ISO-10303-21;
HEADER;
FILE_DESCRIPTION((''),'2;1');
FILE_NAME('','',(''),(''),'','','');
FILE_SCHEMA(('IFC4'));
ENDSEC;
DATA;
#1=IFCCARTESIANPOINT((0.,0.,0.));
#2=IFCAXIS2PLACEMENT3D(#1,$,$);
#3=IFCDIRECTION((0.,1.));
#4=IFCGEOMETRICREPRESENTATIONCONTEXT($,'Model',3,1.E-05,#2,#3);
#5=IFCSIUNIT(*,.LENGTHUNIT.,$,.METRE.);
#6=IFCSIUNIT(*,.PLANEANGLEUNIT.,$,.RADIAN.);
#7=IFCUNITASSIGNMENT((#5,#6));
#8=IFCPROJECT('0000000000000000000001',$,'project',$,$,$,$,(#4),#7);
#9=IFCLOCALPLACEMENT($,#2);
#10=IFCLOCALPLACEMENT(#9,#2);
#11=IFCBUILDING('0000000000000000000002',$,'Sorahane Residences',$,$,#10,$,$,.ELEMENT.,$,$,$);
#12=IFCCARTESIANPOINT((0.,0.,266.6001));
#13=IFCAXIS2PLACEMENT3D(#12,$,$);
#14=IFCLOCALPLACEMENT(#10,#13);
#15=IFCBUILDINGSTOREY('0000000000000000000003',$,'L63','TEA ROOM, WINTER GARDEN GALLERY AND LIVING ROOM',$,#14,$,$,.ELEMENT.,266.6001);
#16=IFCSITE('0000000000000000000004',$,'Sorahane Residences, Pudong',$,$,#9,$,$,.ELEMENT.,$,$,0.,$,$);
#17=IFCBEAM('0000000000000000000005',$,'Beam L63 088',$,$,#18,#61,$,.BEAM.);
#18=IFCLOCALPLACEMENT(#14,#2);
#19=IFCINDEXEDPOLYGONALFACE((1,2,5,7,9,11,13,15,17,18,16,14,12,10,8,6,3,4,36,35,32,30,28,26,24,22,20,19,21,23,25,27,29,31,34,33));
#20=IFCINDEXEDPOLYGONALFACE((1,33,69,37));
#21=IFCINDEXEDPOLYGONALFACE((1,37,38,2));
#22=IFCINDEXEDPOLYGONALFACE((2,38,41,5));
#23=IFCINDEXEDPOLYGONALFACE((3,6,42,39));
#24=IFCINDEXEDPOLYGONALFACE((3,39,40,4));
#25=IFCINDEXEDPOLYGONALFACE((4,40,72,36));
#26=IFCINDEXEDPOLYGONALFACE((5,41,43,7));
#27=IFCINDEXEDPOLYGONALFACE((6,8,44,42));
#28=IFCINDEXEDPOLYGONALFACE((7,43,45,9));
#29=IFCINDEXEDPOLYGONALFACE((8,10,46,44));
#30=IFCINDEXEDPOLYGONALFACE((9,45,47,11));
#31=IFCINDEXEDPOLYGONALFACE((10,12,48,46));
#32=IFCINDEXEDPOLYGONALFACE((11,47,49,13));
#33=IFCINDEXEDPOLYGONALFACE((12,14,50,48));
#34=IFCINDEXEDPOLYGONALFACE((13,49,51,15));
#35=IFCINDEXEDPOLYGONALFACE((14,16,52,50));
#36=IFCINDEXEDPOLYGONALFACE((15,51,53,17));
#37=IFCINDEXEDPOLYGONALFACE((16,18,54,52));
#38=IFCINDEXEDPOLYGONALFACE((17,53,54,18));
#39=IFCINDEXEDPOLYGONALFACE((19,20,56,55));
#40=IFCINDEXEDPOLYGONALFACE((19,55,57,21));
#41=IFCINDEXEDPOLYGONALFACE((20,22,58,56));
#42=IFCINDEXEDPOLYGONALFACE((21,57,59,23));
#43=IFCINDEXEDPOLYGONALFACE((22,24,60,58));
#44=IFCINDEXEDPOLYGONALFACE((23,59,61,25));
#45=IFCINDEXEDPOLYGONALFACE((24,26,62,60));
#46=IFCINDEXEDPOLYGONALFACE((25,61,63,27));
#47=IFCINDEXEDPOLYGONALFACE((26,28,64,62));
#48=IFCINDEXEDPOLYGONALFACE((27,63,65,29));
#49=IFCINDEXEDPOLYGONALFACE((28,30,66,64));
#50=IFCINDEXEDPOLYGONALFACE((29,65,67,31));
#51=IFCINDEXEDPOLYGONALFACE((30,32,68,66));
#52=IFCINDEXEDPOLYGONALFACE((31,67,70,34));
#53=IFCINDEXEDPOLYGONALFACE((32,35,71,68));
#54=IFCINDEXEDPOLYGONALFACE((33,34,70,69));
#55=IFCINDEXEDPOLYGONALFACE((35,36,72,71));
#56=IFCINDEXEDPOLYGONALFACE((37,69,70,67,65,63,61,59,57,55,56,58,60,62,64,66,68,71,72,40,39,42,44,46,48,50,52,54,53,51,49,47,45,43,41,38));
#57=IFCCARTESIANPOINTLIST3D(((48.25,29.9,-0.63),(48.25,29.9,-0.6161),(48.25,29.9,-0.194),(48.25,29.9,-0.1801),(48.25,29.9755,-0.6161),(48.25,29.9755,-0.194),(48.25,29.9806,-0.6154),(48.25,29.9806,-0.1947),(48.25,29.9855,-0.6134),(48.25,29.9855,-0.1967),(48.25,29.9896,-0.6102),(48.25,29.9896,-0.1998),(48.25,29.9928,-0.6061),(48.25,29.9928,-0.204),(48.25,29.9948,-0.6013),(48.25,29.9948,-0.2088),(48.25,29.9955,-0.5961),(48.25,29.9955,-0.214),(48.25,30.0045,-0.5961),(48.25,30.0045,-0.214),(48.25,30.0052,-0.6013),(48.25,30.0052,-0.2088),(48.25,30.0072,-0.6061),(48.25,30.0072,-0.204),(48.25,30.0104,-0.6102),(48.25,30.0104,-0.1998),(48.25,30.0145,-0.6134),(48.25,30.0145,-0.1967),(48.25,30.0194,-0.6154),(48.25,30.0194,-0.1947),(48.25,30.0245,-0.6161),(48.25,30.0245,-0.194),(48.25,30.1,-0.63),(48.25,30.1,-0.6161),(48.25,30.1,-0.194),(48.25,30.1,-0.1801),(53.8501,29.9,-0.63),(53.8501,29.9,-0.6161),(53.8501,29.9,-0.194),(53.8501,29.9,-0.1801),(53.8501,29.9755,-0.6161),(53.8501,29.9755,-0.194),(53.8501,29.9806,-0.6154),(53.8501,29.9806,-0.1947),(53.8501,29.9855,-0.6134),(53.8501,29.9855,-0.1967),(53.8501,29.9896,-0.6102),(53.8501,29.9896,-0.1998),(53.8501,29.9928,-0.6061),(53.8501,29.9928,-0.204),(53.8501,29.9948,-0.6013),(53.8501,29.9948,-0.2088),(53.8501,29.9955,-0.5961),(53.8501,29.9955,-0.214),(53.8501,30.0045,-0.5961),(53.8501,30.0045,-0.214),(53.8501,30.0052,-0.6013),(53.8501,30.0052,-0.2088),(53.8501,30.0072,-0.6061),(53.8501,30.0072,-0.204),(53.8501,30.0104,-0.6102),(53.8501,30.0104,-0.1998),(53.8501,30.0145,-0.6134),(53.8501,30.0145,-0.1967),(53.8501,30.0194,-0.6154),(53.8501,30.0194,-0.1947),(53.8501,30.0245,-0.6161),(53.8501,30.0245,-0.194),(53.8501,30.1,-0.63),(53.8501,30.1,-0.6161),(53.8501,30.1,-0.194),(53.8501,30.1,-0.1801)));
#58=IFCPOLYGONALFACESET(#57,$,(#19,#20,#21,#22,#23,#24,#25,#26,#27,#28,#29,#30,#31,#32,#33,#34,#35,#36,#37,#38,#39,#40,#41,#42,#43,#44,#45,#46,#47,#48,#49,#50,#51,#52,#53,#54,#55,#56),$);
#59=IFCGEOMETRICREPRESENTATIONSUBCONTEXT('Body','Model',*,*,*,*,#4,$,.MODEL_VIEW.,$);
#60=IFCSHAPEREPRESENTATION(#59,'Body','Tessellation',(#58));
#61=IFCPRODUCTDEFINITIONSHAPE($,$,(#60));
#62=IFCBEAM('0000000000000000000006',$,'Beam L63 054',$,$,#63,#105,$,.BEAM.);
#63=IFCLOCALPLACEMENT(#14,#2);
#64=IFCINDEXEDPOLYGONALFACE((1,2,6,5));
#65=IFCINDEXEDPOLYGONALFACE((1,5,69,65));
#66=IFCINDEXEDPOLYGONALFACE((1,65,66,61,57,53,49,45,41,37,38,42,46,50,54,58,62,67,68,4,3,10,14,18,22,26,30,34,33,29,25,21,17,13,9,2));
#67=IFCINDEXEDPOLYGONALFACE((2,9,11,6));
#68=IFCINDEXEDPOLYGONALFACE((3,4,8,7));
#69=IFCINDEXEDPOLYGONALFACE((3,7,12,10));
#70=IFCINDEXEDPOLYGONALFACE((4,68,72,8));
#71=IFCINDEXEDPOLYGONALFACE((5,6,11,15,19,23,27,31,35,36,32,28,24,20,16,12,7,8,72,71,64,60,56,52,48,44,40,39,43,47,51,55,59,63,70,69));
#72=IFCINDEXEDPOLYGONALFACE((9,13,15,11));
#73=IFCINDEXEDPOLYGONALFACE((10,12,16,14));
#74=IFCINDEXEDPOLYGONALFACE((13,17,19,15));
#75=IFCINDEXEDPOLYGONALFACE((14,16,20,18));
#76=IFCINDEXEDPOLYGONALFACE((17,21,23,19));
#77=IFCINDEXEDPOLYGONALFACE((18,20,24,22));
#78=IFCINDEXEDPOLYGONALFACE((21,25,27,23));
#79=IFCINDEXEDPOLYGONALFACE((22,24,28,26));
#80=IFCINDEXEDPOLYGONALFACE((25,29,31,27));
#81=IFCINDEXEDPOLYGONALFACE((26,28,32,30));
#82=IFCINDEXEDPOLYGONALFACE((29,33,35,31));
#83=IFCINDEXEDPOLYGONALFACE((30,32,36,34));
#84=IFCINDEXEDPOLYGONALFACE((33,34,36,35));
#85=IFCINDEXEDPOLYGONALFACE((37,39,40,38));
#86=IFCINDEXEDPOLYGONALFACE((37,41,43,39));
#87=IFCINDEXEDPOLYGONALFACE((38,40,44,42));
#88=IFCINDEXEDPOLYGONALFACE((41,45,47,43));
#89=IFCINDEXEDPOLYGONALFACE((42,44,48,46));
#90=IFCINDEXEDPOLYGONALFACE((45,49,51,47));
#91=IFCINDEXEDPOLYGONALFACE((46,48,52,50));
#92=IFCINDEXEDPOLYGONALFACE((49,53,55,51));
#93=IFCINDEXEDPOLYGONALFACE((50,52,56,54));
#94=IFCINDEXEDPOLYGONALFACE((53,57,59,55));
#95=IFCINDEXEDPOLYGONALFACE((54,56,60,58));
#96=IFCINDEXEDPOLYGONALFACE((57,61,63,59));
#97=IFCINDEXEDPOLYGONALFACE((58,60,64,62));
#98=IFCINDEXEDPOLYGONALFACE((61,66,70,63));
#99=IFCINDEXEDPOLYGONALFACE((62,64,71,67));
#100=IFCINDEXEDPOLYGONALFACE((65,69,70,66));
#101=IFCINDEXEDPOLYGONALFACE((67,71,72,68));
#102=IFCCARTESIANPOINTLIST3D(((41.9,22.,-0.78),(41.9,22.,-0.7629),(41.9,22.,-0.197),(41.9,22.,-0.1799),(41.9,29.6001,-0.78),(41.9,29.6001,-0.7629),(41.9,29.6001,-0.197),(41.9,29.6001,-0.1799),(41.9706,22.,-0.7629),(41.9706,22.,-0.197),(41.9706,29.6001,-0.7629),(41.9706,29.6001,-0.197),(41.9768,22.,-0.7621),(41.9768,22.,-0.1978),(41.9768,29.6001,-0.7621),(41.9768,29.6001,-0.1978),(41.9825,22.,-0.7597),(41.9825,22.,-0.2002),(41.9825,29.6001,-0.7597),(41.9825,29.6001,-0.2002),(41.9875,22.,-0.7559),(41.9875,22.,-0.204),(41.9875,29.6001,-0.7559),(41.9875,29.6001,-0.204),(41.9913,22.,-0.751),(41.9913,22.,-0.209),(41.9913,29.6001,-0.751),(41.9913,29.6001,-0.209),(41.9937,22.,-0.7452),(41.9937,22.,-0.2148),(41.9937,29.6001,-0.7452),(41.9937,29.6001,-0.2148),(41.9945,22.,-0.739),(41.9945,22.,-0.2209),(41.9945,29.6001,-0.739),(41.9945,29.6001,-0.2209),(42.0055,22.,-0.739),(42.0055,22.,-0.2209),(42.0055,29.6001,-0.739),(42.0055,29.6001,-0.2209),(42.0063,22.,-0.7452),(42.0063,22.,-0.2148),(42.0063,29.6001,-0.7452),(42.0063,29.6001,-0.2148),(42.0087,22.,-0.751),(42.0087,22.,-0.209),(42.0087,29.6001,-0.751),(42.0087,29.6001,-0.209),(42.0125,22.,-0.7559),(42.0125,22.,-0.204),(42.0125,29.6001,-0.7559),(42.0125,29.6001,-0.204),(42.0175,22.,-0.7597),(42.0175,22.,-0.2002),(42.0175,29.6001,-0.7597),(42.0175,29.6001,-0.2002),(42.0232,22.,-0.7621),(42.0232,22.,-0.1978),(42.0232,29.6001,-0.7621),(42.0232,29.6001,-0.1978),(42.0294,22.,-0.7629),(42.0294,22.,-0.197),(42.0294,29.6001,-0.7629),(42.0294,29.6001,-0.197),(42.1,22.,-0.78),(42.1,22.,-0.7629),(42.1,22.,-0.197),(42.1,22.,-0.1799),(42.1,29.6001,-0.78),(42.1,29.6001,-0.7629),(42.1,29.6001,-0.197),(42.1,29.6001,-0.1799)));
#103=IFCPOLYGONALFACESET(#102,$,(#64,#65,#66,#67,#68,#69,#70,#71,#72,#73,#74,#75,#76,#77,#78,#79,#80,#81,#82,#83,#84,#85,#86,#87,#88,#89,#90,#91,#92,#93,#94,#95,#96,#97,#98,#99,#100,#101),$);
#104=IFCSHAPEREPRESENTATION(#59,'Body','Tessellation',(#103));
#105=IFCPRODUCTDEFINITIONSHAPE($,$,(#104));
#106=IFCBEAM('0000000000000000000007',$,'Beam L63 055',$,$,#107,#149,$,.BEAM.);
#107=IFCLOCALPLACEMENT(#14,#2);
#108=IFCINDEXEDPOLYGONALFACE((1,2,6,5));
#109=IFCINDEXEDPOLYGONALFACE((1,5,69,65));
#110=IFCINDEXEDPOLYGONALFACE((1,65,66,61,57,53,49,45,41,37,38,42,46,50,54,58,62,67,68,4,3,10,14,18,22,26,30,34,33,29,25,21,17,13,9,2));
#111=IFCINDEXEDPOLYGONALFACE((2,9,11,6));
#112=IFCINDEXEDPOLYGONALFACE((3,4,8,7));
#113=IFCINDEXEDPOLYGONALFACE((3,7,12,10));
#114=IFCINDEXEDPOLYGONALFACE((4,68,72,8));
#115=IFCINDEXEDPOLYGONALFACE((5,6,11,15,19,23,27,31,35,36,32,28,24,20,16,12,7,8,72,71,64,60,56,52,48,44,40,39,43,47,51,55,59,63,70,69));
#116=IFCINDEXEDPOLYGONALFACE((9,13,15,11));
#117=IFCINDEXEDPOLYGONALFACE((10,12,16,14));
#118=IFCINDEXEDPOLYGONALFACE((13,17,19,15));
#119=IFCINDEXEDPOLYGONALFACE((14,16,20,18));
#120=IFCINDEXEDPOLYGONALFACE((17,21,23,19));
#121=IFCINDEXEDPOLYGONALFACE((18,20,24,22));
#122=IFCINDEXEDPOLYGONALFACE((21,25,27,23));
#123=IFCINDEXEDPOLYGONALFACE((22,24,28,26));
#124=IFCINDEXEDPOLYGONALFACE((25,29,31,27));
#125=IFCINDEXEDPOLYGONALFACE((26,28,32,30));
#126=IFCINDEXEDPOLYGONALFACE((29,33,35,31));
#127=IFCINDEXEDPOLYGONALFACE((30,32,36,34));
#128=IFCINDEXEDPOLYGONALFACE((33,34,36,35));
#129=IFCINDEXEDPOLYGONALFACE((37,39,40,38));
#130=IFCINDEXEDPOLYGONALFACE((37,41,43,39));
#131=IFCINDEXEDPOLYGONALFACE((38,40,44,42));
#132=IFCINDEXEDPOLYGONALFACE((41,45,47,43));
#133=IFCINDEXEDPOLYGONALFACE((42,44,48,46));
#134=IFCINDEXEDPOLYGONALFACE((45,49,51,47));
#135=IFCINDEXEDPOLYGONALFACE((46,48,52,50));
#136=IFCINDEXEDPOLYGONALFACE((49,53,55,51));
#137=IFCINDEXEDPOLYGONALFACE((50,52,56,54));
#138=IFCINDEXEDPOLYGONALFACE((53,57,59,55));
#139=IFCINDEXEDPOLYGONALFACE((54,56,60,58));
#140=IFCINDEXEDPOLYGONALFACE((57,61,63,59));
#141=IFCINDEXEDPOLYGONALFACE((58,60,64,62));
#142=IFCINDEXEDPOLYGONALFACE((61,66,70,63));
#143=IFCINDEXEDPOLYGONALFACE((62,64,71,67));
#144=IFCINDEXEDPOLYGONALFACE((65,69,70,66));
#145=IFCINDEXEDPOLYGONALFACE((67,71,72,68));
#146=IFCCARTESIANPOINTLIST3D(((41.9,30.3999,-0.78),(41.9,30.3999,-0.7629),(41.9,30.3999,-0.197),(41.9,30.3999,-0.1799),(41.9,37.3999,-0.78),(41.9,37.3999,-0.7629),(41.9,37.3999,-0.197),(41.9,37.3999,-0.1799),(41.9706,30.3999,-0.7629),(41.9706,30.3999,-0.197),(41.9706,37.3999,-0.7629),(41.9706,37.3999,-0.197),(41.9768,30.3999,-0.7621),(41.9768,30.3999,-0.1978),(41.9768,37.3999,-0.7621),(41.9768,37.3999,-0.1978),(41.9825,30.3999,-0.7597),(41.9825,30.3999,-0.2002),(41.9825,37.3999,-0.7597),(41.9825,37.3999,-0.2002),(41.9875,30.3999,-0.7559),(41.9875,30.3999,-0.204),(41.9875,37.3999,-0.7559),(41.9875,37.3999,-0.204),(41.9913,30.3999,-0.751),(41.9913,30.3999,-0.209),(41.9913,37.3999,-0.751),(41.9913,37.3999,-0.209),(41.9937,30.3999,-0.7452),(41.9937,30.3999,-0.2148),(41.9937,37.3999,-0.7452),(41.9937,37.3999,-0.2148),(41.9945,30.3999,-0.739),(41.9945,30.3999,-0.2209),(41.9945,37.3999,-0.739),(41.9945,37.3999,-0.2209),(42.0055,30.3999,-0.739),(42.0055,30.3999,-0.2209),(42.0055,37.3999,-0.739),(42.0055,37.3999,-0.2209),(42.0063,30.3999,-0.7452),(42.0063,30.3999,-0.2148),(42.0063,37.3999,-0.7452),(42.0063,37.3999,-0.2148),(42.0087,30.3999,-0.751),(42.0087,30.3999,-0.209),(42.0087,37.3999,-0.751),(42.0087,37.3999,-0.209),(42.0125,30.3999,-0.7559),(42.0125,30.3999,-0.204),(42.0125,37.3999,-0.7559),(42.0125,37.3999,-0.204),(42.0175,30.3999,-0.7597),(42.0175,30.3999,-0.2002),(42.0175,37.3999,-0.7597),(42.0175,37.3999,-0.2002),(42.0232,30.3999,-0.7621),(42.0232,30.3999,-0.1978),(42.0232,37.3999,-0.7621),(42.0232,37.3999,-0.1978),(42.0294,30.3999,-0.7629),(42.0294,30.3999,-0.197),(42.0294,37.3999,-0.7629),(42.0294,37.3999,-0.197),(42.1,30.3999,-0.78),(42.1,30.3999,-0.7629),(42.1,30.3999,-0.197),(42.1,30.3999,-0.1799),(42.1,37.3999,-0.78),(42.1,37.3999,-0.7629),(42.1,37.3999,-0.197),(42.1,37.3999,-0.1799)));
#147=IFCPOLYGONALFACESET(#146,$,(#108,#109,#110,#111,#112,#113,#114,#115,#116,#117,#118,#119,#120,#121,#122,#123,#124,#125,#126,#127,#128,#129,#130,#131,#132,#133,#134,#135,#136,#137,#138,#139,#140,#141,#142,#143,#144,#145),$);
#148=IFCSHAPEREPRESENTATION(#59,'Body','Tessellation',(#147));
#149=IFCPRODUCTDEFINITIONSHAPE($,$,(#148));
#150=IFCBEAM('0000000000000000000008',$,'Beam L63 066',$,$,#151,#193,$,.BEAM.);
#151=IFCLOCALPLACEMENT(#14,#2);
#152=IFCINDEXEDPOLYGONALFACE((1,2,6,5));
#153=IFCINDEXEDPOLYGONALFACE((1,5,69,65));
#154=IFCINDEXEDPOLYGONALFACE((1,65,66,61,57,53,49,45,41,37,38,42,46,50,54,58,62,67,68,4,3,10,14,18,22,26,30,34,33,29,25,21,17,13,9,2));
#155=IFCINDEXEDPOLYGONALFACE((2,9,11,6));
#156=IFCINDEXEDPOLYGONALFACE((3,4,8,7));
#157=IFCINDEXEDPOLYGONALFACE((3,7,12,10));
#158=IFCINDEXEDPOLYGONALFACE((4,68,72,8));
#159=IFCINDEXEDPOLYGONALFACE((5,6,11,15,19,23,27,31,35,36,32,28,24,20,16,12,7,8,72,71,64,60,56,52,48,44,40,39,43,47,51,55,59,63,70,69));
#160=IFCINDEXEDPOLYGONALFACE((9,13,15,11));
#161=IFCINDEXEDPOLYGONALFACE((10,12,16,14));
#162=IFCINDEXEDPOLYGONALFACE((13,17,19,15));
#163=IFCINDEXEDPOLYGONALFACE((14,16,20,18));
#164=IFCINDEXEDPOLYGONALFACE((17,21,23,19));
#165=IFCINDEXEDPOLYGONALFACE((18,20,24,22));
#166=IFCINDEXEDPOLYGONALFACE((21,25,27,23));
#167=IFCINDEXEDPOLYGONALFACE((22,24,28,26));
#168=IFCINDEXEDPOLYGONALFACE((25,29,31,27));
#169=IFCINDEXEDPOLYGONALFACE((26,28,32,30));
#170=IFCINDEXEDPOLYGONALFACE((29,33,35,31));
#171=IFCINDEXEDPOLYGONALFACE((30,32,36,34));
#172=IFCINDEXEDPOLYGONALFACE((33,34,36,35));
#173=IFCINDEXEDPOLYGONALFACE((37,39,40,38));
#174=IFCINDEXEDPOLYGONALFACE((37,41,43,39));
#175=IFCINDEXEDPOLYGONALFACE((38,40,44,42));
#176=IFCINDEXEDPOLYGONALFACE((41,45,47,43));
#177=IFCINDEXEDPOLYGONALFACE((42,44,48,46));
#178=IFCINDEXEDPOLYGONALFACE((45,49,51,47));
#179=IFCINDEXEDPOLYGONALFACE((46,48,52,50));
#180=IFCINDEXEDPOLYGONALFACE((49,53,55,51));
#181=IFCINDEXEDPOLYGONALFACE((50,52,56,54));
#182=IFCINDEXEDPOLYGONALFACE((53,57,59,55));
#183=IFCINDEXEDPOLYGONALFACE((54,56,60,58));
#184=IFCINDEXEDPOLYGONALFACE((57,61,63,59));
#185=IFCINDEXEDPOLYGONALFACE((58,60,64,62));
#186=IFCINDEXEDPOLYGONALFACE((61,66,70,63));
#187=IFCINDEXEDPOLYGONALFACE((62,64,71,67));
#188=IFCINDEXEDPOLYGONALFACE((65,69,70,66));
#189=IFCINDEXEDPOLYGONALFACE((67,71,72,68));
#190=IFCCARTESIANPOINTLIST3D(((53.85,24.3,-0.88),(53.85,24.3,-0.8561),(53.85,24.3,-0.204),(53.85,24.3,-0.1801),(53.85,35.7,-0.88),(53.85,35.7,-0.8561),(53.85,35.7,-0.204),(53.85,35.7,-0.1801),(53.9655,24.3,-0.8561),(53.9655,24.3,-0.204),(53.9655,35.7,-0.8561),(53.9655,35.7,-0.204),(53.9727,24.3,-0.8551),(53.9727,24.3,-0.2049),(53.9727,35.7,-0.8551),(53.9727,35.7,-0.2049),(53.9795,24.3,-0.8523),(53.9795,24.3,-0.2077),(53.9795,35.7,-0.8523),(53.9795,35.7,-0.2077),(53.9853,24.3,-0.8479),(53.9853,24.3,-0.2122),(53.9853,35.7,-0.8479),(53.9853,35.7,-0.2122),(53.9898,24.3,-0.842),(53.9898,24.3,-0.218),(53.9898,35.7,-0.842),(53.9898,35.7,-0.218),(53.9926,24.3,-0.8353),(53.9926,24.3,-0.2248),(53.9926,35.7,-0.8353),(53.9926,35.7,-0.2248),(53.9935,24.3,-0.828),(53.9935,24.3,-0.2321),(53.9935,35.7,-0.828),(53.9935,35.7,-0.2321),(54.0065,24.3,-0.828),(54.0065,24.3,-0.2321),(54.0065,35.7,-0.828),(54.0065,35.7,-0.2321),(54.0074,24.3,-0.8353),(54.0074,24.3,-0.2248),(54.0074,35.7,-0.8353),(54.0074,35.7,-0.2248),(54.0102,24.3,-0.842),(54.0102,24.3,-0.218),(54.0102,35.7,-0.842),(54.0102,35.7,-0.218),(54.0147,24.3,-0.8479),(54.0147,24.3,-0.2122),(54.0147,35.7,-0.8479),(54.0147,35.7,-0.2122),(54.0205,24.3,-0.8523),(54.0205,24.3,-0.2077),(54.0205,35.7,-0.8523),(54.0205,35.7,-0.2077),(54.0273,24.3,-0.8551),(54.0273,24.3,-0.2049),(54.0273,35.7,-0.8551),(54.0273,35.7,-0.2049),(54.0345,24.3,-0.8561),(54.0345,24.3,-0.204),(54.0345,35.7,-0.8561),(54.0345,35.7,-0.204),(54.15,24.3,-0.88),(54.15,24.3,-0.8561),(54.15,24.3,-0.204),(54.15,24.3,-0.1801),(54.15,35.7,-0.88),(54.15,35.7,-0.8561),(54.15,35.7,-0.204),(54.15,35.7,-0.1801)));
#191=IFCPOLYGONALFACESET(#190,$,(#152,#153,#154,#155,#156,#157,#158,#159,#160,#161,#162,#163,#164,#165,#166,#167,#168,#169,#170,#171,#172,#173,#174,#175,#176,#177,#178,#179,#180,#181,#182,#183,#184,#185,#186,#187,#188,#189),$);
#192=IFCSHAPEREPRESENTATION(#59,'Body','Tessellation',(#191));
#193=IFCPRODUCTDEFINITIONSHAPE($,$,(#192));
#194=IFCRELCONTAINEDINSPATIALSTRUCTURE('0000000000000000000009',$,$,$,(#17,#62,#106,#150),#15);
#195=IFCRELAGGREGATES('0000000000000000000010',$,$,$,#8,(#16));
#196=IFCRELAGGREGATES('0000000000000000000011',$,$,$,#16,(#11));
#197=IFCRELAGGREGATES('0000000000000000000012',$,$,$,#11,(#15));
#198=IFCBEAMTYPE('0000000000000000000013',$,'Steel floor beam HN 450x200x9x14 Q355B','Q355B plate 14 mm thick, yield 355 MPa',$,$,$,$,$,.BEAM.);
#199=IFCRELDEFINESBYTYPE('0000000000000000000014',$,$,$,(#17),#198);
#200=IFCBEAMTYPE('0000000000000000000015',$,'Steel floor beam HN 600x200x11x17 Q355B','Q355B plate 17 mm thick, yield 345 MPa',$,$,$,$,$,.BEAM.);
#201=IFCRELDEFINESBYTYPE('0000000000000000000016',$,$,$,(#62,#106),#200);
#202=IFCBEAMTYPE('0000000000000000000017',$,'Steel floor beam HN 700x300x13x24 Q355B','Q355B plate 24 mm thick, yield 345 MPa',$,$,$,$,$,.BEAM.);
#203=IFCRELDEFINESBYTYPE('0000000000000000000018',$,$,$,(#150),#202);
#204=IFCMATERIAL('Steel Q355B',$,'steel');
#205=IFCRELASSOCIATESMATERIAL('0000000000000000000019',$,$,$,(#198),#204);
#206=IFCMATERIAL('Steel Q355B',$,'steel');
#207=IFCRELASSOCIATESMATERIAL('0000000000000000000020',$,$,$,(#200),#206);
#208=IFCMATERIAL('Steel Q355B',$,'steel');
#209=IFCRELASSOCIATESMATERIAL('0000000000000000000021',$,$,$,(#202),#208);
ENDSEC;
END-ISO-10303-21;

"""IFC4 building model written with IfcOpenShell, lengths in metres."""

from ifc_helpers import new_model, si_unit, direction, frame, origin, origin_2d, place, context, subcontext, project, spatial, i_section, extrude, material, material_profile, profile_set, type_object, element, save


model = new_model("IFC4")

# Units and contexts
model_context = context("Model", 3, precision=1e-05, world=origin(), true_north=direction((0.0, 1.0)))
body_context = subcontext(model_context, "Body", "Model", "MODEL_VIEW")
ifc_project = project(units=[si_unit("LENGTHUNIT", "METRE"), si_unit("PLANEANGLEUNIT", "RADIAN")], contexts=[model_context])

# Site, building, storey
site_placement = place(None, origin())
site = spatial("IfcSite", under=ifc_project, at=site_placement, Name="Sorahane Residences, Pudong", CompositionType="ELEMENT", RefElevation=0.0)
building_placement = place(site_placement, origin())
building = spatial("IfcBuilding", under=site, at=building_placement, Name="Sorahane Residences", CompositionType="ELEMENT")
storey_placement = place(building_placement, frame((0.0, 0.0, 266.6001)))
storey = spatial("IfcBuildingStorey", under=building, at=storey_placement, Name="L63", Description="TEA ROOM, WINTER GARDEN GALLERY AND LIVING ROOM", CompositionType="ELEMENT", Elevation=266.6001)

# Beams
ifc_material_1 = material(Name="Steel Q355B", Category="steel")
ifc_material_profile_1 = material_profile(ifc_material_1, i_section(OverallWidth=0.2, OverallDepth=0.45, WebThickness=0.009, FlangeThickness=0.0139, FilletRadius=0.02, at=origin_2d()), Name="HN 450x200x9x14")
ifc_profile_set_1 = profile_set([ifc_material_profile_1], Name="Steel Q355B")
beam_type_1 = type_object("IfcBeamType", Name="Steel floor beam HN 450x200x9x14 Q355B", Description="Q355B plate 14 mm thick, yield 355 MPa", PredefinedType="BEAM", material=ifc_profile_set_1)
beam_1_placement = place(storey_placement, frame((48.25, 30.0, -0.405), z_axis=(1.0, 0.0, 0.0), x_axis=(0.0, 1.0, 0.0)))
element("IfcBeam", 1, at=beam_1_placement, inside=storey, type_object=beam_type_1, Name="Beam L63 088", PredefinedType="BEAM", context=body_context, shape_type="SweptSolid", body=[
    extrude(i_section(OverallWidth=0.2, OverallDepth=0.45, WebThickness=0.009, FlangeThickness=0.0139, FilletRadius=0.02, at=origin_2d()), origin(), (0.0, 0.0, 1.0), 5.6001),
])
ifc_material_2 = material(Name="Steel Q355B", Category="steel")
ifc_material_profile_2 = material_profile(ifc_material_2, i_section(OverallWidth=0.2, OverallDepth=0.6001, WebThickness=0.011, FlangeThickness=0.0171, FilletRadius=0.0239, at=origin_2d()), Name="HN 600x200x11x17")
ifc_profile_set_2 = profile_set([ifc_material_profile_2], Name="Steel Q355B")
beam_type_2 = type_object("IfcBeamType", Name="Steel floor beam HN 600x200x11x17 Q355B", Description="Q355B plate 17 mm thick, yield 345 MPa", PredefinedType="BEAM", material=ifc_profile_set_2)
beam_2_placement = place(storey_placement, frame((42.0, 22.0, -0.48), z_axis=(0.0, 1.0, 0.0), x_axis=(-1.0, 0.0, 0.0)))
element("IfcBeam", 2, at=beam_2_placement, inside=storey, type_object=beam_type_2, Name="Beam L63 054", PredefinedType="BEAM", context=body_context, shape_type="SweptSolid", body=[
    extrude(i_section(OverallWidth=0.2, OverallDepth=0.6001, WebThickness=0.011, FlangeThickness=0.0171, FilletRadius=0.0239, at=origin_2d()), origin(), (0.0, 0.0, 1.0), 7.6001),
])
beam_3_placement = place(storey_placement, frame((42.0, 30.3999, -0.48), z_axis=(0.0, 1.0, 0.0), x_axis=(-1.0, 0.0, 0.0)))
element("IfcBeam", 3, at=beam_3_placement, inside=storey, type_object=beam_type_2, Name="Beam L63 055", PredefinedType="BEAM", context=body_context, shape_type="SweptSolid", body=[
    extrude(i_section(OverallWidth=0.2, OverallDepth=0.6001, WebThickness=0.011, FlangeThickness=0.0171, FilletRadius=0.0239, at=origin_2d()), origin(), (0.0, 0.0, 1.0), 7.0),
])
ifc_material_3 = material(Name="Steel Q355B", Category="steel")
ifc_material_profile_3 = material_profile(ifc_material_3, i_section(OverallWidth=0.3, OverallDepth=0.7, WebThickness=0.0129, FlangeThickness=0.0239, FilletRadius=0.0281, at=origin_2d()), Name="HN 700x300x13x24")
ifc_profile_set_3 = profile_set([ifc_material_profile_3], Name="Steel Q355B")
beam_type_3 = type_object("IfcBeamType", Name="Steel floor beam HN 700x300x13x24 Q355B", Description="Q355B plate 24 mm thick, yield 345 MPa", PredefinedType="BEAM", material=ifc_profile_set_3)
beam_4_placement = place(storey_placement, frame((54.0, 24.3, -0.53), z_axis=(0.0, 1.0, 0.0), x_axis=(-1.0, 0.0, 0.0)))
element("IfcBeam", 4, at=beam_4_placement, inside=storey, type_object=beam_type_3, Name="Beam L63 066", PredefinedType="BEAM", context=body_context, shape_type="SweptSolid", body=[
    extrude(i_section(OverallWidth=0.3, OverallDepth=0.7, WebThickness=0.0129, FlangeThickness=0.0239, FilletRadius=0.0281, at=origin_2d()), origin(), (0.0, 0.0, 1.0), 11.3999),
])

save(model, "model.ifc")
